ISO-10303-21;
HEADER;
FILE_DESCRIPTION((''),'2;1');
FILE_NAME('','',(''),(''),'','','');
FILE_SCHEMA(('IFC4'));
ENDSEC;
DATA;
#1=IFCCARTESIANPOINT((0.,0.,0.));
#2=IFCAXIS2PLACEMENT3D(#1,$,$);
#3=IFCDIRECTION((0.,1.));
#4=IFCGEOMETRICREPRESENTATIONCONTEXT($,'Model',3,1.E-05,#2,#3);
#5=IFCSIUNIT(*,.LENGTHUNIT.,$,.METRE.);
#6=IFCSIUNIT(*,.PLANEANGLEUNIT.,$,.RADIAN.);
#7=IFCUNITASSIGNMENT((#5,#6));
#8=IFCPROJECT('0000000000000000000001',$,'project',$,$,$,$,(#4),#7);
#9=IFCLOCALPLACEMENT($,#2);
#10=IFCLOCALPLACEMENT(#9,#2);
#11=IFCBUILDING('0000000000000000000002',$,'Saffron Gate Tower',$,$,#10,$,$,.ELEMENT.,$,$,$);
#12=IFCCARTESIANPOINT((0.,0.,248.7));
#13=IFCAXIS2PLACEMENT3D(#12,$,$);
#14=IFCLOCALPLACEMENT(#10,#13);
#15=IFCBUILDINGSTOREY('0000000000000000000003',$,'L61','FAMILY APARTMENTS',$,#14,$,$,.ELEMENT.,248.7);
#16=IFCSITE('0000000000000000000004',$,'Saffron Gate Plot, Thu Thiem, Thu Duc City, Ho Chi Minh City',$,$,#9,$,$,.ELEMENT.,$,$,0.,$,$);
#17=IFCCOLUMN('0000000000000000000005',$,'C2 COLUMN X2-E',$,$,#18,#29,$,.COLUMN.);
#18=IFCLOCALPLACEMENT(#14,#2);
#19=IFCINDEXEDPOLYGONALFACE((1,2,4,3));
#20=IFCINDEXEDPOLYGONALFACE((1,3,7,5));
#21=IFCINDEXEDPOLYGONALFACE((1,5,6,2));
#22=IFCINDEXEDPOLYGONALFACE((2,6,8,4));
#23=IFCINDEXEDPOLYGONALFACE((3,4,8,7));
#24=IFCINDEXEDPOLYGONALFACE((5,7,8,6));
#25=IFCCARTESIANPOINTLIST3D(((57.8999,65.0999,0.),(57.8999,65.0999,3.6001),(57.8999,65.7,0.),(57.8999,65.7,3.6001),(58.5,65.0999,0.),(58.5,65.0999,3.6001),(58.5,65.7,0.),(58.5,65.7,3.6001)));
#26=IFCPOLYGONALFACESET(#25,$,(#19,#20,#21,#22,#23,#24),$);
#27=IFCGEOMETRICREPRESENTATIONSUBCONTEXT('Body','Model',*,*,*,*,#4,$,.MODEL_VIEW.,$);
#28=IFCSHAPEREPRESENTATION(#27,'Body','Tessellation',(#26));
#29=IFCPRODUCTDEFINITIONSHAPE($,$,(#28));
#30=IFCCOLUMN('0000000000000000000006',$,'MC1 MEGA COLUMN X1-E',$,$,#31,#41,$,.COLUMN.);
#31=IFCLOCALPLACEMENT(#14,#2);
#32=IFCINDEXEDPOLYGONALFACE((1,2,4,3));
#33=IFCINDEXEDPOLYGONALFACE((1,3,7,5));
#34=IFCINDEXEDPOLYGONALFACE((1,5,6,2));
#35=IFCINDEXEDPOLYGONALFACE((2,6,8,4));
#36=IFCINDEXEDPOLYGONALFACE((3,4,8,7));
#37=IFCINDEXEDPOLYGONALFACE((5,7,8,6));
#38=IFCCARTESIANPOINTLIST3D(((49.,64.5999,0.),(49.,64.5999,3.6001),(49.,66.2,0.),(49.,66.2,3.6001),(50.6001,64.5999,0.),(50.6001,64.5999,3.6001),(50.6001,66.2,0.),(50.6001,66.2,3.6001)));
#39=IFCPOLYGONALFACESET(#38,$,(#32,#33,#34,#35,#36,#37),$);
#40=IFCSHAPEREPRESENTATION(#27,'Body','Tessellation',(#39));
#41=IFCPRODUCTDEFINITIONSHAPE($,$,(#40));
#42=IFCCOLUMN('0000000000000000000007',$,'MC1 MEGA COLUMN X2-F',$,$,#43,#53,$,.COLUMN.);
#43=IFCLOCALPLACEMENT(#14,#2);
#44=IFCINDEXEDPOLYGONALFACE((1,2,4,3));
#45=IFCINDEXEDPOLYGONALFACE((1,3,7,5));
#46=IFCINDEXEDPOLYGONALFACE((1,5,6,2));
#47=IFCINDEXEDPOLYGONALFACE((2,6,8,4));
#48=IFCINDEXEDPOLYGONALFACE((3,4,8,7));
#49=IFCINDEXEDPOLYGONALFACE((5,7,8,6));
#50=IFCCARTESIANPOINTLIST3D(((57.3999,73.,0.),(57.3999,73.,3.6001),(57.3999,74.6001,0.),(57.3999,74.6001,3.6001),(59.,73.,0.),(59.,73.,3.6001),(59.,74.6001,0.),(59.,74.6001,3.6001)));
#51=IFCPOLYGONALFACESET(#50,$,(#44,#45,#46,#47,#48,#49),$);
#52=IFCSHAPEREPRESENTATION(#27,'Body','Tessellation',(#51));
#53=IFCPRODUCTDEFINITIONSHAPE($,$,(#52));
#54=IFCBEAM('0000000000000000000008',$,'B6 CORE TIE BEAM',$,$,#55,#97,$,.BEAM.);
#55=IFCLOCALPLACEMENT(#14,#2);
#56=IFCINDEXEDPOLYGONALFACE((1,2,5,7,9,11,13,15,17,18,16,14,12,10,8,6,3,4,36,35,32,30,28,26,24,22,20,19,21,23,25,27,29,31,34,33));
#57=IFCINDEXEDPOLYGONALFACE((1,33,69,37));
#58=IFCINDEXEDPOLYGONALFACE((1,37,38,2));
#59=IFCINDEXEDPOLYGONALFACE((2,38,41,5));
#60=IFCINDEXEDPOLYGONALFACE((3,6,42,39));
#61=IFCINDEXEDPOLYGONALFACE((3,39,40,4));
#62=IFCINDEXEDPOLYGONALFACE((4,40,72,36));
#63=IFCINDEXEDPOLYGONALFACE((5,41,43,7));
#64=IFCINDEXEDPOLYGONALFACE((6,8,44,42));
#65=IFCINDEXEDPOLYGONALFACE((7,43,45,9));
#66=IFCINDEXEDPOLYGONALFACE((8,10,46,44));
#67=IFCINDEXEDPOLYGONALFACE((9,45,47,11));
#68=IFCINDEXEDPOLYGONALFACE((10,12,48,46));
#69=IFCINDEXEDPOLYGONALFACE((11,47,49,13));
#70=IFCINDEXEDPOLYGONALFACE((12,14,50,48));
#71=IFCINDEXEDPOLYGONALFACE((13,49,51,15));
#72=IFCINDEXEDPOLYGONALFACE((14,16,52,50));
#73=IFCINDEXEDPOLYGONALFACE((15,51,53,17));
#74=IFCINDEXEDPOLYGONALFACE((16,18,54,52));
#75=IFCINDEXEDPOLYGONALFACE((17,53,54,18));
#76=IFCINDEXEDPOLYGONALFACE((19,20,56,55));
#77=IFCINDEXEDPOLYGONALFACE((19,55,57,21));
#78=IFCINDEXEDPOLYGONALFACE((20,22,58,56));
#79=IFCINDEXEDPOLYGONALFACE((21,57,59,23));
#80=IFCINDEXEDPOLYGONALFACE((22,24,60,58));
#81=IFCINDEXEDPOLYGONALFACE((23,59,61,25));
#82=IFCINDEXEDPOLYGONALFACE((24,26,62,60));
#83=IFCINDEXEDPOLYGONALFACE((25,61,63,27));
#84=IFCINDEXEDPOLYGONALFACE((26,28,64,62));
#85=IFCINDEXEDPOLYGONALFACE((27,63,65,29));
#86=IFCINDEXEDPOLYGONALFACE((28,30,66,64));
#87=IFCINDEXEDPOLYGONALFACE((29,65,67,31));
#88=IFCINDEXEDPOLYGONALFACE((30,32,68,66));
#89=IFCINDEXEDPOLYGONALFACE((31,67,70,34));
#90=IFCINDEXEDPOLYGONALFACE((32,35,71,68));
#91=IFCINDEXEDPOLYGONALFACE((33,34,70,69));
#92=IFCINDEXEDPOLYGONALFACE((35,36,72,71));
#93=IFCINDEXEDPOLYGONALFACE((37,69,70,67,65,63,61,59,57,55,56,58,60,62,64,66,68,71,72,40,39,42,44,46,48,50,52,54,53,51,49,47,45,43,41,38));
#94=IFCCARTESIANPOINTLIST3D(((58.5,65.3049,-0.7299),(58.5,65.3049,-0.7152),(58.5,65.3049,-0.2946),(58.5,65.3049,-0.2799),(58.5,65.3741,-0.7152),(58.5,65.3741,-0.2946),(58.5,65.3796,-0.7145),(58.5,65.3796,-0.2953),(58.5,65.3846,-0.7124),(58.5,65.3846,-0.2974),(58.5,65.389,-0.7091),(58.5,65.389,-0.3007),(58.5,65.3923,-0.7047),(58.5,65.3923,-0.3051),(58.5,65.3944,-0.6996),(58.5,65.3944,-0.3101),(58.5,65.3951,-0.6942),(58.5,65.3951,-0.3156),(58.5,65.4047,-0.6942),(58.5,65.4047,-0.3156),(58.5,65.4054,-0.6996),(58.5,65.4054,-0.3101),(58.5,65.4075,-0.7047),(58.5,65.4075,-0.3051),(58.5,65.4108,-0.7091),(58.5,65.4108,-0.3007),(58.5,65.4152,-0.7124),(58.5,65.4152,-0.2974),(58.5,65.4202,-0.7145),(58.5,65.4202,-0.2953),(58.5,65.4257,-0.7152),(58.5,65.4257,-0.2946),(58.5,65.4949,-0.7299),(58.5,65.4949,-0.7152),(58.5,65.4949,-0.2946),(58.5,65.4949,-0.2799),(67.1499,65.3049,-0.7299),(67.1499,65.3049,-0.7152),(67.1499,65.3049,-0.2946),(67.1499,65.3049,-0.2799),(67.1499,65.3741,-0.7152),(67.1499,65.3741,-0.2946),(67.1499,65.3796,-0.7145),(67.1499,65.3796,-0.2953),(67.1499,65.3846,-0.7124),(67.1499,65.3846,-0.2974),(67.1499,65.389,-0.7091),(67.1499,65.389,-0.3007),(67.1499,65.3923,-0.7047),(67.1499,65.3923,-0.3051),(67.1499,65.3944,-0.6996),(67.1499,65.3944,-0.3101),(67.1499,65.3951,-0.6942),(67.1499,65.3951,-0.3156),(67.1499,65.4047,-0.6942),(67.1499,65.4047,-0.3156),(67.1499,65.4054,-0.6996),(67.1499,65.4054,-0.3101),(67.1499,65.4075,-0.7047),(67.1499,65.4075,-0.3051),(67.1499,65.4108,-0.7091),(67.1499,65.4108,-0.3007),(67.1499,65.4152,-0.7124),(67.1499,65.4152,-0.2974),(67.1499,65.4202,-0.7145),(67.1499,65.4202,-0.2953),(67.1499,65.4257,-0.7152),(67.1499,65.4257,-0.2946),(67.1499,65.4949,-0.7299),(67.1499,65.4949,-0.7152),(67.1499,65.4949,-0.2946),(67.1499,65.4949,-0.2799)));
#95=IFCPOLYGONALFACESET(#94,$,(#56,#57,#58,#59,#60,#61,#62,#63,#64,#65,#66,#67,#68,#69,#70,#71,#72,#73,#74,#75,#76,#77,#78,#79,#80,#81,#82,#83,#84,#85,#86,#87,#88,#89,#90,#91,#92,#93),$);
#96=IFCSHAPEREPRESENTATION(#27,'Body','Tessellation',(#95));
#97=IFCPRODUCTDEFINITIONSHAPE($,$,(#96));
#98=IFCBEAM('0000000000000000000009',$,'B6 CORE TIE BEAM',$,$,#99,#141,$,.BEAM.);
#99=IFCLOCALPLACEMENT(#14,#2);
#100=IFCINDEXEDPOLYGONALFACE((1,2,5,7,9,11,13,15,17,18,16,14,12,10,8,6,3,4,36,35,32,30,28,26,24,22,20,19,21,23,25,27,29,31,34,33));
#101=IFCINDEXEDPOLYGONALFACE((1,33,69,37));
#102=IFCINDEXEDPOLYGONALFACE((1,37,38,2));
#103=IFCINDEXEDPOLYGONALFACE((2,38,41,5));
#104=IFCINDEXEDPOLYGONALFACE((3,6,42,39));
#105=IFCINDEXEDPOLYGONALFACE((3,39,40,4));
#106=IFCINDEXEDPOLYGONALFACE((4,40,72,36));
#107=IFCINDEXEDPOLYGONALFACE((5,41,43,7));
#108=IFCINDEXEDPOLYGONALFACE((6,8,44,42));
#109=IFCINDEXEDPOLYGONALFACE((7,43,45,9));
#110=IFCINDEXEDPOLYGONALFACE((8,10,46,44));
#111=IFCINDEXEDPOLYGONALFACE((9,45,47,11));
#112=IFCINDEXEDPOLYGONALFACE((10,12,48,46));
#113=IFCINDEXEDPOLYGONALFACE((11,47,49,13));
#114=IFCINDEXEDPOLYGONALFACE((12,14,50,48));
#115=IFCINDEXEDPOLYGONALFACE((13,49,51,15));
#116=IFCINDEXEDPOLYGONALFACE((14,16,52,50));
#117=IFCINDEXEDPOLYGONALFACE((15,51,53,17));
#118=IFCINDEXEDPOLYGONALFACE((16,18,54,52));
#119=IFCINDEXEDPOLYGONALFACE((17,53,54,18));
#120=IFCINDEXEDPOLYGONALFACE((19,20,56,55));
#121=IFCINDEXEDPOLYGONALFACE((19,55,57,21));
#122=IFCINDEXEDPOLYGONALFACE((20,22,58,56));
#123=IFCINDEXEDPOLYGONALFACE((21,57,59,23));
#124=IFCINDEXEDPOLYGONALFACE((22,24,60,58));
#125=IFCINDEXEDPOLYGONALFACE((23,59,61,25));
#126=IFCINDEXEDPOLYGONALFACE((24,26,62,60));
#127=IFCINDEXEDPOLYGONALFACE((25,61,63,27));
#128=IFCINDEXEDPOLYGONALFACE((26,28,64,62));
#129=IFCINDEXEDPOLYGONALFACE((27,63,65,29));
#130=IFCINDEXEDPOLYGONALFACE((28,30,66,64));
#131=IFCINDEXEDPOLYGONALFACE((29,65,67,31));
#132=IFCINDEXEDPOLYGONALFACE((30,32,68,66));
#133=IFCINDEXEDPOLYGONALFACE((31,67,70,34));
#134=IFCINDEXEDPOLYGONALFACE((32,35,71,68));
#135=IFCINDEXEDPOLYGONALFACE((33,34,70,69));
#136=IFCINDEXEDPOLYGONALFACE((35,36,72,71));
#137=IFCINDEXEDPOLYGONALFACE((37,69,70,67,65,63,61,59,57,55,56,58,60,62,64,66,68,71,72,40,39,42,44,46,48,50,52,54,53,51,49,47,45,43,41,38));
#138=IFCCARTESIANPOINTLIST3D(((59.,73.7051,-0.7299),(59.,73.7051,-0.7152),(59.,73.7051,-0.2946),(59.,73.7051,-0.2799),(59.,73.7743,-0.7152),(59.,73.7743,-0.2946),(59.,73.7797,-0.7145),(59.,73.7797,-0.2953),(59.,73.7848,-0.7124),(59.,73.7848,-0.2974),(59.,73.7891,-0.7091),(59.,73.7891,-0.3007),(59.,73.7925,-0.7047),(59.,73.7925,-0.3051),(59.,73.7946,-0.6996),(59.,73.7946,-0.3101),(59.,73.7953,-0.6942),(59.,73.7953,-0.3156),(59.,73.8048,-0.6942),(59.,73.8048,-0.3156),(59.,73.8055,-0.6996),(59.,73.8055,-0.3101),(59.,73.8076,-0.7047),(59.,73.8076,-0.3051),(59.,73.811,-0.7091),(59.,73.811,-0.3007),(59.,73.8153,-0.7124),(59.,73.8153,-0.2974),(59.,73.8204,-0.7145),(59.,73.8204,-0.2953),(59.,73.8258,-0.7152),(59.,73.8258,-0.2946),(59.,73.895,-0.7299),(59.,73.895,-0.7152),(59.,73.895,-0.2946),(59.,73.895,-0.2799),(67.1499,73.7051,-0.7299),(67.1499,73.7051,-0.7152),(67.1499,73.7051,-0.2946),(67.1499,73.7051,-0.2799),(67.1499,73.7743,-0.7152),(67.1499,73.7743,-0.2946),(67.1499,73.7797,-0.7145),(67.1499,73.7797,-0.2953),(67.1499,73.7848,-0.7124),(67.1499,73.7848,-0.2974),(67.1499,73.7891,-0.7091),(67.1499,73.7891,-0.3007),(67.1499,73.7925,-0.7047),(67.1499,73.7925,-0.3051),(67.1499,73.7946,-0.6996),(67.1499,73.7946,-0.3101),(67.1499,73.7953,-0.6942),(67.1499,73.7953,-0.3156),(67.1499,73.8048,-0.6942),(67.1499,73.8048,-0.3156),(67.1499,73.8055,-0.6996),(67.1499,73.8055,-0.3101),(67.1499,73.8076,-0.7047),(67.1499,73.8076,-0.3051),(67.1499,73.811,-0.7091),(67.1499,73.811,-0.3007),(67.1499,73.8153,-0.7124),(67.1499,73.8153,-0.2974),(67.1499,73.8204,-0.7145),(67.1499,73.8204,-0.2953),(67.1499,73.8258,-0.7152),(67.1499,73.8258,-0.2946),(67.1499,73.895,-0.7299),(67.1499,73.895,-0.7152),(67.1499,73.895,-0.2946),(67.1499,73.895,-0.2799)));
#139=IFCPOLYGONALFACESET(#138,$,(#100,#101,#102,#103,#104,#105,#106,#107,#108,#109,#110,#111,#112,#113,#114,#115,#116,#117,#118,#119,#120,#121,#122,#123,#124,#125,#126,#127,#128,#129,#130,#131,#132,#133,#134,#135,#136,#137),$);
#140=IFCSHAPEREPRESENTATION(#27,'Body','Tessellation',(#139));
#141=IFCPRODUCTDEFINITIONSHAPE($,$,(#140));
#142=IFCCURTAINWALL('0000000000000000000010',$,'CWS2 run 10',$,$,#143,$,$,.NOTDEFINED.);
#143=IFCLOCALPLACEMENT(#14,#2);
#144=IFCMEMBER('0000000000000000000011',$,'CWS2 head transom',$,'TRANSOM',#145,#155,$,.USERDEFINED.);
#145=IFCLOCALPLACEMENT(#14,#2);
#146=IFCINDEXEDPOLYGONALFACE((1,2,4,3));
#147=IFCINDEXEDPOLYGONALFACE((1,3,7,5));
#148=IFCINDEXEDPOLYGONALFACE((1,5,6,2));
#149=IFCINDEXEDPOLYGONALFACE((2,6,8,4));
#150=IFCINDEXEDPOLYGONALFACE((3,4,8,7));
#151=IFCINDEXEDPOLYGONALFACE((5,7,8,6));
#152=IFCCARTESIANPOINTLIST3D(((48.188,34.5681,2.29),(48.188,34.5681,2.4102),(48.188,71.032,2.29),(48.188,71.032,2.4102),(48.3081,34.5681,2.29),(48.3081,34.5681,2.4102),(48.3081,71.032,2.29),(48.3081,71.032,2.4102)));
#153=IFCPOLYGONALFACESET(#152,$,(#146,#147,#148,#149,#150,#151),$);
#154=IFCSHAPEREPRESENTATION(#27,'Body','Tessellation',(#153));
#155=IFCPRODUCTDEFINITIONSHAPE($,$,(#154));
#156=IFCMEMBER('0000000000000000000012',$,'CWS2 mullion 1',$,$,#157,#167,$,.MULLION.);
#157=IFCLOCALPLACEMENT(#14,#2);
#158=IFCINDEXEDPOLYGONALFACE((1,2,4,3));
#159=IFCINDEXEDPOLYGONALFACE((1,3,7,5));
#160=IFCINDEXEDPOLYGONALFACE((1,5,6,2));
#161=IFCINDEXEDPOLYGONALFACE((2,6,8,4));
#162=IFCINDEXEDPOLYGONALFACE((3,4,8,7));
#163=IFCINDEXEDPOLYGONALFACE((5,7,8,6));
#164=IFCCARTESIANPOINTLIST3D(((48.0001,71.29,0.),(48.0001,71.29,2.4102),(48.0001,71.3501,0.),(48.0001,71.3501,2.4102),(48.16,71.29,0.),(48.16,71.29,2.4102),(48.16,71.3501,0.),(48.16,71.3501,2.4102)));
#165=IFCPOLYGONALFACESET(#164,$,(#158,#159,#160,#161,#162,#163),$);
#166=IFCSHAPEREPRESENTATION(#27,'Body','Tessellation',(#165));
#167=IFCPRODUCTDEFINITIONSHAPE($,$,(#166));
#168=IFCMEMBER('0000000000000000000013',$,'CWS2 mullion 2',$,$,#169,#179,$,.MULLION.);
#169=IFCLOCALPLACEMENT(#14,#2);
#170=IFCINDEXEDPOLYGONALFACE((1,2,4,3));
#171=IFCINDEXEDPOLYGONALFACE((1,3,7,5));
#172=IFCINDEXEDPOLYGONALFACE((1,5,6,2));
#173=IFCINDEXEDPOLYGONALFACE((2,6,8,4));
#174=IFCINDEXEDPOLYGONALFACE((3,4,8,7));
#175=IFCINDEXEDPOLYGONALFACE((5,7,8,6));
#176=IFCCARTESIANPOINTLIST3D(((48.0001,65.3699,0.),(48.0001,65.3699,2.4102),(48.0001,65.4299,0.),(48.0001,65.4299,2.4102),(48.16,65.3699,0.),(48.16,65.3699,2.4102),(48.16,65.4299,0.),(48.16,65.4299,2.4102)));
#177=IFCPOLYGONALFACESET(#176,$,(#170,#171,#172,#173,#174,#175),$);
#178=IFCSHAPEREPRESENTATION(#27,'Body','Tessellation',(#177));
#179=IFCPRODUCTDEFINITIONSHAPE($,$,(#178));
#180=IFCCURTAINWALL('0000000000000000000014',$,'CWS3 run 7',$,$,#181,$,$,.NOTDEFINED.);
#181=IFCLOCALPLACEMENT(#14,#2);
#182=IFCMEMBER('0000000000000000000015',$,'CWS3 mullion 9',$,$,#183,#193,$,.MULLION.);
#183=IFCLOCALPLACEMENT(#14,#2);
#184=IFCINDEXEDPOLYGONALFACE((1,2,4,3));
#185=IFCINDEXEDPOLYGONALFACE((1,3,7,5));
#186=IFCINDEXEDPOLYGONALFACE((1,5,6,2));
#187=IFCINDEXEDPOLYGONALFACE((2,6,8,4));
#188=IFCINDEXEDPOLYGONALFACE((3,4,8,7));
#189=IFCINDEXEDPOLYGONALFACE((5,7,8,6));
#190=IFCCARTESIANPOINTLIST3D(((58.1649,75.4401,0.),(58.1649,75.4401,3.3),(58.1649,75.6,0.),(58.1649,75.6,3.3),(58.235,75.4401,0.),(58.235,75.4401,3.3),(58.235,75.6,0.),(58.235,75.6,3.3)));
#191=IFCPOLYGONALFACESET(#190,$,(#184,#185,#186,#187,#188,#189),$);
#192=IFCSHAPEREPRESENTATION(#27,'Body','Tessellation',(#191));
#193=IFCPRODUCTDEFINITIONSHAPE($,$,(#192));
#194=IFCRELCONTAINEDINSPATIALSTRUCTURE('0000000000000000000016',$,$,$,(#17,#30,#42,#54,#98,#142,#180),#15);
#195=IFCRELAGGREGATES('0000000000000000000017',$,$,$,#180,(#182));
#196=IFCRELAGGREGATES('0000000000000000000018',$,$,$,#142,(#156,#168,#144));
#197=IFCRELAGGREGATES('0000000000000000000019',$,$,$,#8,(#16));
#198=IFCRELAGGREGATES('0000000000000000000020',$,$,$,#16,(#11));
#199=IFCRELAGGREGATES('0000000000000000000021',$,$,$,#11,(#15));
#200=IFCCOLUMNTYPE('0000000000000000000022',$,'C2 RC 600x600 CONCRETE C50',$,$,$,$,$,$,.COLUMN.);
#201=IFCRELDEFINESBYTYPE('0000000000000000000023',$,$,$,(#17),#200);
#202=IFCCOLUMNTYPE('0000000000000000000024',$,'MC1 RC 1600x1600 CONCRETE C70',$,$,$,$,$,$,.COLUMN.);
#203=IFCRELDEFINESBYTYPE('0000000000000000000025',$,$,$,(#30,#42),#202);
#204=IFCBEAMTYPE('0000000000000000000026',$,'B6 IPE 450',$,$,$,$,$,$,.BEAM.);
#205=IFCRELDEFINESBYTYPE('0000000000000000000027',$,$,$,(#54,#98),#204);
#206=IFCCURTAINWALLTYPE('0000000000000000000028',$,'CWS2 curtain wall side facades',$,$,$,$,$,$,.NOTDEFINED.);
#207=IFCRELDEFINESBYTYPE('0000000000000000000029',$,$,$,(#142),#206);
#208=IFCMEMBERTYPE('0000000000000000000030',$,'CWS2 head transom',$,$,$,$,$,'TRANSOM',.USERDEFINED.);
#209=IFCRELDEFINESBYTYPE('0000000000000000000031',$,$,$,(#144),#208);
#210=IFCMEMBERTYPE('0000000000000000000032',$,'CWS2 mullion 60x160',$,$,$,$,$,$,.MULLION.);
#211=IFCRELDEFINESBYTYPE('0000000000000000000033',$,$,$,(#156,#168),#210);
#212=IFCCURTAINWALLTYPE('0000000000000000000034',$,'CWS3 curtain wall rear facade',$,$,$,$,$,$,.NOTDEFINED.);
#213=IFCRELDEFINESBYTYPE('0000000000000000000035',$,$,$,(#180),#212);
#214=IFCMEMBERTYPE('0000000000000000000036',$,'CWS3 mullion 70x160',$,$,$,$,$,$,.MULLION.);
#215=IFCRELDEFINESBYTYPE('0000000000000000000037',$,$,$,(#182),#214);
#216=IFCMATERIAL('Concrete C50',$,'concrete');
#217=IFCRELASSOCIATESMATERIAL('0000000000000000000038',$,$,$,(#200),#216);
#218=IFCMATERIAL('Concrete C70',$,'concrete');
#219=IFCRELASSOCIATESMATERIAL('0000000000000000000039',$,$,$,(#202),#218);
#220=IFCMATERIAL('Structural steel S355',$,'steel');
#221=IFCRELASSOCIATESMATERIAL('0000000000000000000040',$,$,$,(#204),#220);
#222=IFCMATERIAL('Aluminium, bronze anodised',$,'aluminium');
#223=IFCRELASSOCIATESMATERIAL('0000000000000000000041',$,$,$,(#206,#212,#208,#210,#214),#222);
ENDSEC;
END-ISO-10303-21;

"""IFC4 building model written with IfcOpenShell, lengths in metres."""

from ifc_helpers import new_model, si_unit, direction, frame, origin, origin_2d, place, context, subcontext, project, spatial, rectangle, i_section, extrude, material, material_profile, profile_set, type_object, element, aggregate, save


model = new_model("IFC4")

# Units and contexts
model_context = context("Model", 3, precision=1e-05, world=origin(), true_north=direction((0.0, 1.0)))
body_context = subcontext(model_context, "Body", "Model", "MODEL_VIEW")
ifc_project = project(units=[si_unit("LENGTHUNIT", "METRE"), si_unit("PLANEANGLEUNIT", "RADIAN")], contexts=[model_context])

# Site, building, storey
site_placement = place(None, origin())
site = spatial("IfcSite", under=ifc_project, at=site_placement, Name="Saffron Gate Plot, Thu Thiem, Thu Duc City, Ho Chi Minh City", CompositionType="ELEMENT", RefElevation=0.0)
building_placement = place(site_placement, origin())
building = spatial("IfcBuilding", under=site, at=building_placement, Name="Saffron Gate Tower", CompositionType="ELEMENT")
storey_placement = place(building_placement, frame((0.0, 0.0, 248.7)))
storey = spatial("IfcBuildingStorey", under=building, at=storey_placement, Name="L61", Description="FAMILY APARTMENTS", CompositionType="ELEMENT", Elevation=248.7)

# Columns
ifc_material_1 = material(Name="Concrete C50", Category="concrete")
ifc_material_profile_1 = material_profile(ifc_material_1, rectangle(XDim=0.6001, YDim=0.6001, at=origin_2d()))
ifc_profile_set_1 = profile_set([ifc_material_profile_1], Name="Concrete C50")
column_type_1 = type_object("IfcColumnType", Name="C2 RC 600x600 CONCRETE C50", PredefinedType="COLUMN", material=ifc_profile_set_1)
column_placement = place(storey_placement, frame((58.2, 65.3999, 0.0), z_axis=(0.0, 0.0, 1.0), x_axis=(1.0, 0.0, 0.0)))
element("IfcColumn", 1, at=column_placement, inside=storey, type_object=column_type_1, Name="C2 COLUMN X2-E", PredefinedType="COLUMN", context=body_context, shape_type="SweptSolid", body=[
    extrude(rectangle(XDim=0.6001, YDim=0.6001, at=origin_2d()), origin(), (0.0, 0.0, 1.0), 3.6001),
])
ifc_material_2 = material(Name="Concrete C70", Category="concrete")
ifc_material_profile_2 = material_profile(ifc_material_2, rectangle(XDim=1.6001, YDim=1.6001, at=origin_2d()))
ifc_profile_set_2 = profile_set([ifc_material_profile_2], Name="Concrete C70")
column_type_2 = type_object("IfcColumnType", Name="MC1 RC 1600x1600 CONCRETE C70", PredefinedType="COLUMN", material=ifc_profile_set_2)
for number, where, z_axis, x_axis, name in (
    (2, (49.8, 65.3999, 0.0), (0.0, 0.0, 1.0), (1.0, 0.0, 0.0), "MC1 MEGA COLUMN X1-E"),
    (3, (58.2, 73.8, 0.0), (0.0, 0.0, 1.0), (1.0, 0.0, 0.0), "MC1 MEGA COLUMN X2-F"),
):
    element("IfcColumn", number, at=place(storey_placement, frame(where, z_axis=z_axis, x_axis=x_axis)), inside=storey, type_object=column_type_2, Name=name, PredefinedType="COLUMN", context=body_context, shape_type="SweptSolid", body=[
        extrude(rectangle(XDim=1.6001, YDim=1.6001, at=origin_2d()), origin(), (0.0, 0.0, 1.0), 3.6001),
    ])

# Beams
ifc_material_3 = material(Name="Structural steel S355", Category="steel")
ifc_material_profile_3 = material_profile(ifc_material_3, i_section(OverallWidth=0.1899, OverallDepth=0.45, WebThickness=0.0095, FlangeThickness=0.0146, FilletRadius=0.021, at=origin_2d()))
ifc_profile_set_3 = profile_set([ifc_material_profile_3], Name="Structural steel S355")
beam_type = type_object("IfcBeamType", Name="B6 IPE 450", PredefinedType="BEAM", material=ifc_profile_set_3)
beam_1_placement = place(storey_placement, frame((58.5, 65.3999, -0.5049), z_axis=(1.0, 0.0, 0.0), x_axis=(0.0, 1.0, 0.0)))
element("IfcBeam", 4, at=beam_1_placement, inside=storey, type_object=beam_type, Name="B6 CORE TIE BEAM", PredefinedType="BEAM", context=body_context, shape_type="SweptSolid", body=[
    extrude(i_section(OverallWidth=0.1899, OverallDepth=0.45, WebThickness=0.0095, FlangeThickness=0.0146, FilletRadius=0.021, at=origin_2d()), origin(), (0.0, 0.0, 1.0), 8.6499),
])
beam_2_placement = place(storey_placement, frame((59.0, 73.8, -0.5049), z_axis=(1.0, 0.0, 0.0), x_axis=(0.0, 1.0, 0.0)))
element("IfcBeam", 5, at=beam_2_placement, inside=storey, type_object=beam_type, Name="B6 CORE TIE BEAM", PredefinedType="BEAM", context=body_context, shape_type="SweptSolid", body=[
    extrude(i_section(OverallWidth=0.1899, OverallDepth=0.45, WebThickness=0.0095, FlangeThickness=0.0146, FilletRadius=0.021, at=origin_2d()), origin(), (0.0, 0.0, 1.0), 8.1499),
])

# Curtain wall, members
ifc_material_4 = material(Name="Aluminium, bronze anodised", Category="aluminium")
curtain_wall_type_1 = type_object("IfcCurtainWallType", Name="CWS2 curtain wall side facades", PredefinedType="NOTDEFINED", material=ifc_material_4)
curtain_wall_1_placement = place(storey_placement, origin())
curtain_wall_1 = element("IfcCurtainWall", 6, at=curtain_wall_1_placement, inside=storey, type_object=curtain_wall_type_1, Name="CWS2 run 10", PredefinedType="NOTDEFINED")
ifc_material_profile_4 = material_profile(ifc_material_4, rectangle(XDim=0.1201, YDim=0.1201, at=origin_2d()))
ifc_profile_set_4 = profile_set([ifc_material_profile_4], Name="Aluminium, bronze anodised")
member_type_1 = type_object("IfcMemberType", Name="CWS2 head transom", ElementType="TRANSOM", PredefinedType="USERDEFINED", material=ifc_profile_set_4)
member_1_placement = place(storey_placement, frame((48.248, 71.032, 2.3501), z_axis=(0.0, -1.0, 0.0), x_axis=(1.0, 0.0, 0.0)))
member_1 = element("IfcMember", 7, at=member_1_placement, type_object=member_type_1, Name="CWS2 head transom", ObjectType="TRANSOM", PredefinedType="USERDEFINED", context=body_context, shape_type="SweptSolid", body=[
    extrude(rectangle(XDim=0.1201, YDim=0.1201, at=origin_2d()), origin(), (0.0, 0.0, 1.0), 36.4639),
])
ifc_material_profile_5 = material_profile(ifc_material_4, rectangle(XDim=0.1599, YDim=0.0601, at=origin_2d()))
ifc_profile_set_5 = profile_set([ifc_material_profile_5], Name="Aluminium, bronze anodised")
member_type_2 = type_object("IfcMemberType", Name="CWS2 mullion 60x160", PredefinedType="MULLION", material=ifc_profile_set_5)
member_2_placement = place(storey_placement, frame((48.0801, 71.3201, 0.0), z_axis=(0.0, 0.0, 1.0), x_axis=(1.0, 0.0, 0.0)))
member_2 = element("IfcMember", 8, at=member_2_placement, type_object=member_type_2, Name="CWS2 mullion 1", PredefinedType="MULLION", context=body_context, shape_type="SweptSolid", body=[
    extrude(rectangle(XDim=0.1599, YDim=0.0601, at=origin_2d()), origin(), (0.0, 0.0, 1.0), 2.4102),
])
member_3_placement = place(storey_placement, frame((48.0801, 65.3999, 0.0), z_axis=(0.0, 0.0, 1.0), x_axis=(1.0, 0.0, 0.0)))
member_3 = element("IfcMember", 9, at=member_3_placement, type_object=member_type_2, Name="CWS2 mullion 2", PredefinedType="MULLION", context=body_context, shape_type="SweptSolid", body=[
    extrude(rectangle(XDim=0.1599, YDim=0.0601, at=origin_2d()), origin(), (0.0, 0.0, 1.0), 2.4102),
])

# Curtain wall, member
curtain_wall_type_2 = type_object("IfcCurtainWallType", Name="CWS3 curtain wall rear facade", PredefinedType="NOTDEFINED", material=ifc_material_4)
curtain_wall_2_placement = place(storey_placement, origin())
curtain_wall_2 = element("IfcCurtainWall", 10, at=curtain_wall_2_placement, inside=storey, type_object=curtain_wall_type_2, Name="CWS3 run 7", PredefinedType="NOTDEFINED")
ifc_material_profile_6 = material_profile(ifc_material_4, rectangle(XDim=0.1599, YDim=0.0701, at=origin_2d()))
ifc_profile_set_6 = profile_set([ifc_material_profile_6], Name="Aluminium, bronze anodised")
member_type_3 = type_object("IfcMemberType", Name="CWS3 mullion 70x160", PredefinedType="MULLION", material=ifc_profile_set_6)
member_4_placement = place(storey_placement, frame((58.2, 75.52, 0.0), z_axis=(0.0, 0.0, 1.0), x_axis=(0.0, -1.0, 0.0)))
member_4 = element("IfcMember", 11, at=member_4_placement, type_object=member_type_3, Name="CWS3 mullion 9", PredefinedType="MULLION", context=body_context, shape_type="SweptSolid", body=[
    extrude(rectangle(XDim=0.1599, YDim=0.0701, at=origin_2d()), origin(), (0.0, 0.0, 1.0), 3.3),
])
aggregate(curtain_wall_2, [member_4])

aggregate(curtain_wall_1, [member_2, member_3, member_1])

save(model, "model.ifc")
